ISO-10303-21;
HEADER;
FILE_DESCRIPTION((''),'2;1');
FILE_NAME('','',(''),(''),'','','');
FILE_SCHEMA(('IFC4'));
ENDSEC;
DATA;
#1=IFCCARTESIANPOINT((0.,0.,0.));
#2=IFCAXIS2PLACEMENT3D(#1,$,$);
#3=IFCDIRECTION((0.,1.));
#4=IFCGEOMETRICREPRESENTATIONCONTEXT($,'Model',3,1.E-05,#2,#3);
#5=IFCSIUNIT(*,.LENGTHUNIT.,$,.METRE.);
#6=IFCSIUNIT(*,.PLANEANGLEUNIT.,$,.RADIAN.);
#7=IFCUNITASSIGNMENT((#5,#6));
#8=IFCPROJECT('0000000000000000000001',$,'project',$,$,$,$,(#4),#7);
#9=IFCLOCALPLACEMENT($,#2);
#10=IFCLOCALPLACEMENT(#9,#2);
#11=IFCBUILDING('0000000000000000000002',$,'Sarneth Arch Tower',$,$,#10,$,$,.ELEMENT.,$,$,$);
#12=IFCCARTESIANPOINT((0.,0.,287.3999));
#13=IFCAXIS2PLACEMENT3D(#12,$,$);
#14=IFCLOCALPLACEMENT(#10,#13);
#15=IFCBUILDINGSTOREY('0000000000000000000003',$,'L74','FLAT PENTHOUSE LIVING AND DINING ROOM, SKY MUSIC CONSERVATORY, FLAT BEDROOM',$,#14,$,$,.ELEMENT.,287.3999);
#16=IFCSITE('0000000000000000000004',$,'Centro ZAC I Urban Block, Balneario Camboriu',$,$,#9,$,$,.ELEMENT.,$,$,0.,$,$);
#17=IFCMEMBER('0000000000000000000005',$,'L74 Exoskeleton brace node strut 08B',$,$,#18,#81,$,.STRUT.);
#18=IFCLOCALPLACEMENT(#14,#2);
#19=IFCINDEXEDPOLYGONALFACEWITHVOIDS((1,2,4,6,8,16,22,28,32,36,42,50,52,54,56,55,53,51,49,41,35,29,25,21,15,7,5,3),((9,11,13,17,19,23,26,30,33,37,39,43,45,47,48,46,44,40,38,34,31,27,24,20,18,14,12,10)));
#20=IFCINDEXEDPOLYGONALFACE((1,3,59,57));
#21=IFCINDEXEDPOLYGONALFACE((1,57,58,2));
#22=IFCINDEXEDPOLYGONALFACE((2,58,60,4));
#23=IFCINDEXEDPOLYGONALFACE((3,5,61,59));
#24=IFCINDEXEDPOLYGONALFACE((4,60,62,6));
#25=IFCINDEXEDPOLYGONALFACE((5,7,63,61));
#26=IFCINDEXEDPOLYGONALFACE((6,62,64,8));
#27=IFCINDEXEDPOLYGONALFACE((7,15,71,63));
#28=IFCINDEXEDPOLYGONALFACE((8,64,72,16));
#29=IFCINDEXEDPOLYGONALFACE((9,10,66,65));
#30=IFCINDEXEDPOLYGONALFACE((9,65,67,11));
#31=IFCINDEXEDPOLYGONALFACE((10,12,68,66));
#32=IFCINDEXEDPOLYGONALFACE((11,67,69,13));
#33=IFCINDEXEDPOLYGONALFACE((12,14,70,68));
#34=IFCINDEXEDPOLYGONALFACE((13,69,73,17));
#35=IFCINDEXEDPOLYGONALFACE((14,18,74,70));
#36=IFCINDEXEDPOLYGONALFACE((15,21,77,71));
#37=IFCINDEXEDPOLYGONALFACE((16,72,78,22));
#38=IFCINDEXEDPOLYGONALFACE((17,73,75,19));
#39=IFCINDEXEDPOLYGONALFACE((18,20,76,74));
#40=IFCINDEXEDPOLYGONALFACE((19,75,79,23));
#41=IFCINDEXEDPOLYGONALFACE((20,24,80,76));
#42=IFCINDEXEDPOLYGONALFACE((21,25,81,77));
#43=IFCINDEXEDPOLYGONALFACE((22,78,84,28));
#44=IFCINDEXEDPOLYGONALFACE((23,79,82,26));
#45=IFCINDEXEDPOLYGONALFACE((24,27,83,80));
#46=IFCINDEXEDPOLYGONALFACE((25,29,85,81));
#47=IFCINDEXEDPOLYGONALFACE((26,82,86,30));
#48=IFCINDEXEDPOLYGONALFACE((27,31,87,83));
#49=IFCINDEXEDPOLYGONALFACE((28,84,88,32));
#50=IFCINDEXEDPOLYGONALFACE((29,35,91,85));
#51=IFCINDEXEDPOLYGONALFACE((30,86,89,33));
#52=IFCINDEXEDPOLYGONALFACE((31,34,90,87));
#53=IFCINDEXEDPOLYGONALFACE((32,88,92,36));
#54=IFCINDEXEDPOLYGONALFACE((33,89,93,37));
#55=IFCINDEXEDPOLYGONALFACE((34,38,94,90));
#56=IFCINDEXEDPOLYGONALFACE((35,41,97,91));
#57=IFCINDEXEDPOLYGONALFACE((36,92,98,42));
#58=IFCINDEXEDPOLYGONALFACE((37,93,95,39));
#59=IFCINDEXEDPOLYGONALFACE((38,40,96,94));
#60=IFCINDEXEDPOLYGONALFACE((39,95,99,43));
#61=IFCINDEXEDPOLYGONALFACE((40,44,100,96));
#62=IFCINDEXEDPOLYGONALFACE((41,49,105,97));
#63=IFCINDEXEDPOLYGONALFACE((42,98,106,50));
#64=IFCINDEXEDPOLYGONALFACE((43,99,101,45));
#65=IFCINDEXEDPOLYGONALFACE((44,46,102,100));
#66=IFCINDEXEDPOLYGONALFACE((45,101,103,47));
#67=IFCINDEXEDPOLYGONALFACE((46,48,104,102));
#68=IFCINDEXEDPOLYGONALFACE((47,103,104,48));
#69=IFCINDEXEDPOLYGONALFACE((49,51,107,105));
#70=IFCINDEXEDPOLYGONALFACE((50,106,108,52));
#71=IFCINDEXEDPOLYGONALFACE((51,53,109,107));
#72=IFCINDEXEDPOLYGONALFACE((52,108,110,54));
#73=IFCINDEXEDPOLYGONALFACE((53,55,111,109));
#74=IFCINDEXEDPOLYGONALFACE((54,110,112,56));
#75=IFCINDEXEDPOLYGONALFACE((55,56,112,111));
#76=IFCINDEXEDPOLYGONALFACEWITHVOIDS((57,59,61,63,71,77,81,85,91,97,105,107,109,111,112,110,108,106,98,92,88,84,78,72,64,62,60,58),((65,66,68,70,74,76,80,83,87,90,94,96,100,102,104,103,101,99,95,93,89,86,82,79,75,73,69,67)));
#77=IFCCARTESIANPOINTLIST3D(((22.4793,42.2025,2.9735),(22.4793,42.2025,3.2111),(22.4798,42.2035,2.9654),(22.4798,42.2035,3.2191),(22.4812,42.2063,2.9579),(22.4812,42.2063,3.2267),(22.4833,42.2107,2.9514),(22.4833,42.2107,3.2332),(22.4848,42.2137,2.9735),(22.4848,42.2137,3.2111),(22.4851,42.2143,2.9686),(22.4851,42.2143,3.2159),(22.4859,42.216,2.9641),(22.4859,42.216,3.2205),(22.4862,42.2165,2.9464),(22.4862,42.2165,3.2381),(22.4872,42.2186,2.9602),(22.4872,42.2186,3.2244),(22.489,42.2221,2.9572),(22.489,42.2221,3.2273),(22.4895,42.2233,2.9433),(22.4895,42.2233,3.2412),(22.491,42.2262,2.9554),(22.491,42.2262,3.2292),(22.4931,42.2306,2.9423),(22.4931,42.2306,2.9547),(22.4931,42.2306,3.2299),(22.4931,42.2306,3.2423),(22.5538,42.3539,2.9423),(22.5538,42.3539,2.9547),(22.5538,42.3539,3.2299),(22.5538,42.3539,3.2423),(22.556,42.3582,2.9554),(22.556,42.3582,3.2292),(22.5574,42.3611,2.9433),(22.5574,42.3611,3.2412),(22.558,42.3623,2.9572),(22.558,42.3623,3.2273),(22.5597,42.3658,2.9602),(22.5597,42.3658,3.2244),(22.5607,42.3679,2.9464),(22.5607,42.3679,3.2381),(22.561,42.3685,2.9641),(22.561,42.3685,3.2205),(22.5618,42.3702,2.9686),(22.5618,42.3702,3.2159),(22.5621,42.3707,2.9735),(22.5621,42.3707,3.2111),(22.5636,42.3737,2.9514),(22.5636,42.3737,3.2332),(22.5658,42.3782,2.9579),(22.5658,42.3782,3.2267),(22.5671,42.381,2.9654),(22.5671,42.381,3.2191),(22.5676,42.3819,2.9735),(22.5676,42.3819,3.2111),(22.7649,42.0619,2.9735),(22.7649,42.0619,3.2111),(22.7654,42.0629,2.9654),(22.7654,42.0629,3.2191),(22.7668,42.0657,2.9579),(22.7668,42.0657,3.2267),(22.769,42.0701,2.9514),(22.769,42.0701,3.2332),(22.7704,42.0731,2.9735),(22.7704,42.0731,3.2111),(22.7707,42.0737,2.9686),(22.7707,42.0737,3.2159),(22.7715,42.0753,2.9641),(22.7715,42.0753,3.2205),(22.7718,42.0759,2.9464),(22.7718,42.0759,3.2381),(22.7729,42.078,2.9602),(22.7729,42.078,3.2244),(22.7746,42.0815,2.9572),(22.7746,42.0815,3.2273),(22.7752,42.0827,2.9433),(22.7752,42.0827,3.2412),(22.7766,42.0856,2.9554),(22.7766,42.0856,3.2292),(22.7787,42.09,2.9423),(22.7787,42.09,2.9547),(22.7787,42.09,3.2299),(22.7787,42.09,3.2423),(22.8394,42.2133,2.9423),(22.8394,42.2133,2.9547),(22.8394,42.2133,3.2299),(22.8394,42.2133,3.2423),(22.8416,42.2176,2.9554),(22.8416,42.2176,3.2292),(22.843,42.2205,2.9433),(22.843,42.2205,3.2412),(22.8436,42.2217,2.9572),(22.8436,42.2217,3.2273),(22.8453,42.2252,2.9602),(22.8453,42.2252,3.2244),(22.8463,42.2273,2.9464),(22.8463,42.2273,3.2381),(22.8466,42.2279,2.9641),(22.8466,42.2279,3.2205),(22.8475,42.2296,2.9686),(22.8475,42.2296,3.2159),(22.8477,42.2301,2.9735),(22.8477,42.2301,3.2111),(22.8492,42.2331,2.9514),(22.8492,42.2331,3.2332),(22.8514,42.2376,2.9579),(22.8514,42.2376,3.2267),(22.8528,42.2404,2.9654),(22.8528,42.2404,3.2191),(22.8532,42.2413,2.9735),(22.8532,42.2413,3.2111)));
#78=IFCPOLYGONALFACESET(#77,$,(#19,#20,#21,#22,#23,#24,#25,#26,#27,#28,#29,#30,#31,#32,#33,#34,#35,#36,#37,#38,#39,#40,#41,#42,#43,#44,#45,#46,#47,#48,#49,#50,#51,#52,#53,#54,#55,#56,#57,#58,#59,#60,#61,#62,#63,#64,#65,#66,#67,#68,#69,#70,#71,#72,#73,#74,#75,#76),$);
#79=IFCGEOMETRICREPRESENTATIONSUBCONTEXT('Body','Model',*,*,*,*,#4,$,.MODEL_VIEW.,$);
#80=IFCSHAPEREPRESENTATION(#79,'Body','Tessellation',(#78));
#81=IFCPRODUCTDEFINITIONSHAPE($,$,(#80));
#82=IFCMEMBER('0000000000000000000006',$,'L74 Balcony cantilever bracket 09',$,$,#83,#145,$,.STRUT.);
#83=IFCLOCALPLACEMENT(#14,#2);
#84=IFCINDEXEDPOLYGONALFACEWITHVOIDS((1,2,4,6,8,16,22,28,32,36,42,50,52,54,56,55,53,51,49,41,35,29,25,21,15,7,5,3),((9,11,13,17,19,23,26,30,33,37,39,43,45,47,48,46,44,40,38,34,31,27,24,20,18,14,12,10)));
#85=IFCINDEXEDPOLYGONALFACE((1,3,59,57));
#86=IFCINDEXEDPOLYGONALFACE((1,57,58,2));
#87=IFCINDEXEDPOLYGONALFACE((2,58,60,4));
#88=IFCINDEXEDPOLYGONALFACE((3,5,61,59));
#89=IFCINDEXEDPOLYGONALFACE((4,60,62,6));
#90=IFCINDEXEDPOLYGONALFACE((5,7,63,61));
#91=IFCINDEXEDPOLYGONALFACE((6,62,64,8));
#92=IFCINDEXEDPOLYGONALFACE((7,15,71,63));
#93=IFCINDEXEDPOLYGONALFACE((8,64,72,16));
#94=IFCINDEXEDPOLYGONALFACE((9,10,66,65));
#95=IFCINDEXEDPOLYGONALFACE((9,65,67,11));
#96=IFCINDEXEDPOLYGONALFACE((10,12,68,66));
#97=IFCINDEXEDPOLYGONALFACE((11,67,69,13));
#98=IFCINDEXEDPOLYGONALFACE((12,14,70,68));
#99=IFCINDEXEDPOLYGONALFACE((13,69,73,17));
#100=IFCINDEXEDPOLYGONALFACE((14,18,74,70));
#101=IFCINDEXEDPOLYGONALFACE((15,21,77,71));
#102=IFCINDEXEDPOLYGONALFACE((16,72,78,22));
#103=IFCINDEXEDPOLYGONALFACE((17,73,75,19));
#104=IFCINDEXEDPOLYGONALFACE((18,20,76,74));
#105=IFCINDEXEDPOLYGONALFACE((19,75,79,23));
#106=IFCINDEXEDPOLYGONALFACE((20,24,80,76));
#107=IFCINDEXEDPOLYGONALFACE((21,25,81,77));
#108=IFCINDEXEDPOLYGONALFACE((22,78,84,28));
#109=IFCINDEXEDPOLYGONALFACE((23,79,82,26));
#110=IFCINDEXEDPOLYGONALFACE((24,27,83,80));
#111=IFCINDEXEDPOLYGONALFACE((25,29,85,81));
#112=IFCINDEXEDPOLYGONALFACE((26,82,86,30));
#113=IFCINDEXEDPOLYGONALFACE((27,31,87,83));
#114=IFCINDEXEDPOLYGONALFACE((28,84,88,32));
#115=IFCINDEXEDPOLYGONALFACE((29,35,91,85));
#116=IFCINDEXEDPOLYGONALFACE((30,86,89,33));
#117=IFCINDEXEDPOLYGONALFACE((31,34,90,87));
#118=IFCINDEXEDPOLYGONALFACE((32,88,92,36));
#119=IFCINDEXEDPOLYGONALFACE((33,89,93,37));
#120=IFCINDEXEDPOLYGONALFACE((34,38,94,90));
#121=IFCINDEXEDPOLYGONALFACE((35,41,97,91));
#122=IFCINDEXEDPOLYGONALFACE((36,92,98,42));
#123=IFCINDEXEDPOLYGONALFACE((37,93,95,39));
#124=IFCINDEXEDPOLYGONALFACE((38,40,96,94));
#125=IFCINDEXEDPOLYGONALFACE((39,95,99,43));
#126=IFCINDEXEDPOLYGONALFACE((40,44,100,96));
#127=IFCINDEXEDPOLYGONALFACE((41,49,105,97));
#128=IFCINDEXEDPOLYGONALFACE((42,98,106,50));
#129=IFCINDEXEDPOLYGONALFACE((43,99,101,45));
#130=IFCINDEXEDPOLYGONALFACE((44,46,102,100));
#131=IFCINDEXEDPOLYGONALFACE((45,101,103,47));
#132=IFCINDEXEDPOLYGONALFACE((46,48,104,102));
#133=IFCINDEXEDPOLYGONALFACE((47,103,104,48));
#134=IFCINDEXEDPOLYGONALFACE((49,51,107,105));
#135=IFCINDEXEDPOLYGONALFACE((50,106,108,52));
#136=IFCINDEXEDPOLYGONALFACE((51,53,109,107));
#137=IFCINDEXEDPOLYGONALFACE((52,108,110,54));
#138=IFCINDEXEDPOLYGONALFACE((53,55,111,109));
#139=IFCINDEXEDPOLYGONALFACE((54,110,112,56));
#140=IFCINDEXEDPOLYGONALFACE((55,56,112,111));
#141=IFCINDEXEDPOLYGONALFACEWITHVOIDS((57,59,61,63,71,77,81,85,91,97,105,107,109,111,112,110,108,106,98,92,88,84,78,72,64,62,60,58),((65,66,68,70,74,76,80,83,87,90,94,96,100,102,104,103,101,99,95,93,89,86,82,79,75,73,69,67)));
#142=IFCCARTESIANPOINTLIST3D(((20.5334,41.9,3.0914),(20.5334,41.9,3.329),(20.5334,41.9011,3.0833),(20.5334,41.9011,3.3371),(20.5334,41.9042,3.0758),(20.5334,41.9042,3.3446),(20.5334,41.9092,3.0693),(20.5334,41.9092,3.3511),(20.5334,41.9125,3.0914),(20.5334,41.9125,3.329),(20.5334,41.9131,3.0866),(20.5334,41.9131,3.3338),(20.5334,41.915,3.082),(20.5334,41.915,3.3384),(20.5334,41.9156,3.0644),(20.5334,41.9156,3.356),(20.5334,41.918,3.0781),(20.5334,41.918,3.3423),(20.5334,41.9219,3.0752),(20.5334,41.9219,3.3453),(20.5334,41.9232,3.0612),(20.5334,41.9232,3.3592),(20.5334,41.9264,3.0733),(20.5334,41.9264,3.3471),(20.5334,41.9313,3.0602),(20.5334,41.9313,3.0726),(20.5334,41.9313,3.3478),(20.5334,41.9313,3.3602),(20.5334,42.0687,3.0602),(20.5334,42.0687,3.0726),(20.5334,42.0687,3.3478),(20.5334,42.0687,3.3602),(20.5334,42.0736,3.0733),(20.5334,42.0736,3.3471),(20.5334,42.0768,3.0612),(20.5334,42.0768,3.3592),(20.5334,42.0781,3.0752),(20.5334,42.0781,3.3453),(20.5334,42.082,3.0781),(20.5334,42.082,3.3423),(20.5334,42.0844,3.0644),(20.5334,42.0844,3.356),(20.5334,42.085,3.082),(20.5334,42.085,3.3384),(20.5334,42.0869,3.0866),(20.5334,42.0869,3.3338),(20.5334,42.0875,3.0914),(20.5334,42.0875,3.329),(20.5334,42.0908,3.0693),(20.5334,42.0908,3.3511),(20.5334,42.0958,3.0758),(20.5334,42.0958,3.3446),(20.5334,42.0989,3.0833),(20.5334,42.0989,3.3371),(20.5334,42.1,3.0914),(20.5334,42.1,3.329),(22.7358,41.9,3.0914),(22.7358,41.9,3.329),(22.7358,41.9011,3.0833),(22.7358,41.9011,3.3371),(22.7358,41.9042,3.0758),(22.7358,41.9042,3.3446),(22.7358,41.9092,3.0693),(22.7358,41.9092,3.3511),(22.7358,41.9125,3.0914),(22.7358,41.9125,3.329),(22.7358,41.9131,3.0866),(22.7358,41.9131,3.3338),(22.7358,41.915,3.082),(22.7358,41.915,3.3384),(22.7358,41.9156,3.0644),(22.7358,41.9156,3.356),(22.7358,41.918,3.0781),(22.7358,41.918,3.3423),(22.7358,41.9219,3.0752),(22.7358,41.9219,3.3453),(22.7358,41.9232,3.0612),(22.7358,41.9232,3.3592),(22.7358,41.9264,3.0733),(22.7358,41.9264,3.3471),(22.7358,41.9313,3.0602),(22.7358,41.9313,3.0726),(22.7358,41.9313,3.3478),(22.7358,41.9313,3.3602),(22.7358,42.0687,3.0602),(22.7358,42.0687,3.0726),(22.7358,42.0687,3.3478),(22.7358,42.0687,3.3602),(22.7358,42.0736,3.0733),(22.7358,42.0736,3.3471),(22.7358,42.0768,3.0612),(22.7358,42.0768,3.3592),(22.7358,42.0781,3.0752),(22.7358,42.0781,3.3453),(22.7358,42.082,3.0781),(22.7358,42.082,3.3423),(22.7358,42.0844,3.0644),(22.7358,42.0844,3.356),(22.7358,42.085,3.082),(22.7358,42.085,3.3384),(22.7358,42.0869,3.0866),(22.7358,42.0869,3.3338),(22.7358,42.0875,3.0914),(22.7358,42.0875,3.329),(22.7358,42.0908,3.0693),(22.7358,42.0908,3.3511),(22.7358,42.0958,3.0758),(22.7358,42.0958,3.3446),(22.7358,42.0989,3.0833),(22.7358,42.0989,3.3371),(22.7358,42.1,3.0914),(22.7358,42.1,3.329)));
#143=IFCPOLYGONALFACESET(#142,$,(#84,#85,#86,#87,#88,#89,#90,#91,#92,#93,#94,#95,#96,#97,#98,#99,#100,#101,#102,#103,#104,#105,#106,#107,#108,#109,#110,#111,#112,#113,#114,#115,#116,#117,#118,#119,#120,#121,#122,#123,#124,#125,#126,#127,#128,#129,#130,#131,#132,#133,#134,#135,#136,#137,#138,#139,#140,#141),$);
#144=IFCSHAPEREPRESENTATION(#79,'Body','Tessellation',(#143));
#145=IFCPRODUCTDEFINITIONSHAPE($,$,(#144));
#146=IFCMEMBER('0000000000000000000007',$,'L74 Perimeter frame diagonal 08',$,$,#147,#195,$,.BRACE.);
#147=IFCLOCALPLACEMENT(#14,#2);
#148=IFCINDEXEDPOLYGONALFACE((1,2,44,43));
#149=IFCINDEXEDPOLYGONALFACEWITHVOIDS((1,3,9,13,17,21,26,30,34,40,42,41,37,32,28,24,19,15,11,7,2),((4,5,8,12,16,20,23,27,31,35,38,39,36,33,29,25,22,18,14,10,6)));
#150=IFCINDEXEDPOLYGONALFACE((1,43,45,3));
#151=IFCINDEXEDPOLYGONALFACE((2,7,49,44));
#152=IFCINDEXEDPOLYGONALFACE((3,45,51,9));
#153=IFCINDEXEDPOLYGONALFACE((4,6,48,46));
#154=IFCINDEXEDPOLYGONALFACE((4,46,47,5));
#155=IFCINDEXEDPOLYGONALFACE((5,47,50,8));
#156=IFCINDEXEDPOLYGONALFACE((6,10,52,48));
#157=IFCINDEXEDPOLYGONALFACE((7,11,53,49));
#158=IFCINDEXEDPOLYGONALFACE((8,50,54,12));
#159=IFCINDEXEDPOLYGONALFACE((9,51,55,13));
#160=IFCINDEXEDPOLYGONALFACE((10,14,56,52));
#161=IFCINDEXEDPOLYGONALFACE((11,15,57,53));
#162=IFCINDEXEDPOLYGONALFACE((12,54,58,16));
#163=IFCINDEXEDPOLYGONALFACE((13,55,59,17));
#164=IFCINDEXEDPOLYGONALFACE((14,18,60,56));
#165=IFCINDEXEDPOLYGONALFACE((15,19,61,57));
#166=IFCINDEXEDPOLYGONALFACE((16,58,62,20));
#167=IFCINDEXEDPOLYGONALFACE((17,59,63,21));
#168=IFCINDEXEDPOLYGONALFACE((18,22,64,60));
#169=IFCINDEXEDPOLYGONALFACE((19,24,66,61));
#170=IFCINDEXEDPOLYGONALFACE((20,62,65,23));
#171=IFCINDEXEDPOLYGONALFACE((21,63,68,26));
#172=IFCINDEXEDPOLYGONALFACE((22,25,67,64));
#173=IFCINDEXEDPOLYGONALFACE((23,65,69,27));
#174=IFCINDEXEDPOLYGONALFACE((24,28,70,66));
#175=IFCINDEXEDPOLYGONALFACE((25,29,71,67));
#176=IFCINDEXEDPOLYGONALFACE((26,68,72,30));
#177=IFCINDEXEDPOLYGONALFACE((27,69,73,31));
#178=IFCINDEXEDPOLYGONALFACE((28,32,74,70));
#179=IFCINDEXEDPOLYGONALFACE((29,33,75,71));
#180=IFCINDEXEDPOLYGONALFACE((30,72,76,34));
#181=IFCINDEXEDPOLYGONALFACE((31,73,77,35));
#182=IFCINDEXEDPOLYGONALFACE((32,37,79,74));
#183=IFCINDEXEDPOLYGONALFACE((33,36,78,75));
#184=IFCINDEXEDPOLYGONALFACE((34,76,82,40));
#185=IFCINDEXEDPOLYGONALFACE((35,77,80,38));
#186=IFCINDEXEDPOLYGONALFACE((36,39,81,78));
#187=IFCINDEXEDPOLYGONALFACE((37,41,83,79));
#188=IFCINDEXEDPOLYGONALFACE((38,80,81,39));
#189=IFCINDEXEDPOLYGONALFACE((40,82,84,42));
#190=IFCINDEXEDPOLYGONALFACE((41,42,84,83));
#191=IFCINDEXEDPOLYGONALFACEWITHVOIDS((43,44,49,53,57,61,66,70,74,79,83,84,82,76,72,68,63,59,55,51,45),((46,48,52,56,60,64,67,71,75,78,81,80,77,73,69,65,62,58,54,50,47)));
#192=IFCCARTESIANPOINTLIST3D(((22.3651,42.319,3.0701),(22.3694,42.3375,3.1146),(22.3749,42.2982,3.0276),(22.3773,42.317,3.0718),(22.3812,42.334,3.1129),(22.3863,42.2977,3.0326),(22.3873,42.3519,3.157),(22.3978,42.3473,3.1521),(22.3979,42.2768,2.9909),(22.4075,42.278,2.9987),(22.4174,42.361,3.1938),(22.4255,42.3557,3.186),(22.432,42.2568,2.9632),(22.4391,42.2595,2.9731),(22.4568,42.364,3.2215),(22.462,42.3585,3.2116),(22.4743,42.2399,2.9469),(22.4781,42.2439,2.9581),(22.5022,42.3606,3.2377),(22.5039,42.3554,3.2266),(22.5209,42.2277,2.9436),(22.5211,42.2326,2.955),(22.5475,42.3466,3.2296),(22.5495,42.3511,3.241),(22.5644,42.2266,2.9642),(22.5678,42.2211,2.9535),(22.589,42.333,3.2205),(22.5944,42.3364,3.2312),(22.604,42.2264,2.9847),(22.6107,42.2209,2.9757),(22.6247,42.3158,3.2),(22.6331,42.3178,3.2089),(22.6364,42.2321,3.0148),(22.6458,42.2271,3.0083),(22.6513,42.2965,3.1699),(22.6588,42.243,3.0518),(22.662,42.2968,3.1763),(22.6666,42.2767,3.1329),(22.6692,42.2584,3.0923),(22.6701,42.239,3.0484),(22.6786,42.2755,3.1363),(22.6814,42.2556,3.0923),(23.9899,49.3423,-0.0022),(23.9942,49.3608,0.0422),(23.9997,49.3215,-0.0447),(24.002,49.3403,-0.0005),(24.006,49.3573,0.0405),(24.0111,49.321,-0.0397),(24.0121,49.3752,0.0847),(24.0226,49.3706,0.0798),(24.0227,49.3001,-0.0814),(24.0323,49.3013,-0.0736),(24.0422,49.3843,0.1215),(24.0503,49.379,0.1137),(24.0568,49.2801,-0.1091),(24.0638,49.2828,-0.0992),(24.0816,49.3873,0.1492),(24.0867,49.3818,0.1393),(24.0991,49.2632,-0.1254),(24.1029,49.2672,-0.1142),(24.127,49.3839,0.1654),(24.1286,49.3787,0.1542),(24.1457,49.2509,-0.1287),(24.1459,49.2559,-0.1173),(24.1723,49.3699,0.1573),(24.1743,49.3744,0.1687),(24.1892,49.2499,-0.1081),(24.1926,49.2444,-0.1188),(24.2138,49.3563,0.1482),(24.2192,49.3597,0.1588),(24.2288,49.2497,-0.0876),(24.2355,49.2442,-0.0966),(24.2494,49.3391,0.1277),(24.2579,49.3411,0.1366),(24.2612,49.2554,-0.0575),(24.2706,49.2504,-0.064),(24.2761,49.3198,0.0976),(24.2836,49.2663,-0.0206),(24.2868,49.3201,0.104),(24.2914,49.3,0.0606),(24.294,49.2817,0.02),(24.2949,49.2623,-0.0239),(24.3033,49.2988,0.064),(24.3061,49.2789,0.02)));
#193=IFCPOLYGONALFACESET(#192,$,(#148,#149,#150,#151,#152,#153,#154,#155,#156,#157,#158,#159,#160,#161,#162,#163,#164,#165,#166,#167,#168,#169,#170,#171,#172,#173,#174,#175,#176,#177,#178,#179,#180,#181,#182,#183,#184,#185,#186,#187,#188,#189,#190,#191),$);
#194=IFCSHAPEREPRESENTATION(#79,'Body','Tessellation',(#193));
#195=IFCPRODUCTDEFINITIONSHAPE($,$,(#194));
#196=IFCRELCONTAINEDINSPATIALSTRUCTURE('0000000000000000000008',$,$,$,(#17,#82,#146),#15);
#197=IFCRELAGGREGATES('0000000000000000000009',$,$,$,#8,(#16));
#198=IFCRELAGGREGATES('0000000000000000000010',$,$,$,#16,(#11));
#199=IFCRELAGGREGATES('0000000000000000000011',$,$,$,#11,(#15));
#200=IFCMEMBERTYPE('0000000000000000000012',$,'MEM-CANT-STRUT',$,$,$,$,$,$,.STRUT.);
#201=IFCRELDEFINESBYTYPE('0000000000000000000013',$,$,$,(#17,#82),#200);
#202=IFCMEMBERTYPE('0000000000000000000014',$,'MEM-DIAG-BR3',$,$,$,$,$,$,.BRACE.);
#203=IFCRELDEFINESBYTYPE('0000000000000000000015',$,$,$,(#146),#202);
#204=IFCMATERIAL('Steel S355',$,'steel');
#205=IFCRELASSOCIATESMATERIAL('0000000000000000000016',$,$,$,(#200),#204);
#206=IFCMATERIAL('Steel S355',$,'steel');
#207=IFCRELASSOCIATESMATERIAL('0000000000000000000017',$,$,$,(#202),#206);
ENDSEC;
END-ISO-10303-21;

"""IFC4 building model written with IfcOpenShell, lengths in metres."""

from ifc_helpers import new_model, si_unit, direction, frame, origin, origin_2d, place, context, subcontext, project, spatial, hollow_rectangle, hollow_circle, extrude, material, material_profile, profile_set, type_object, element, save


model = new_model("IFC4")

# Units and contexts
model_context = context("Model", 3, precision=1e-05, world=origin(), true_north=direction((0.0, 1.0)))
body_context = subcontext(model_context, "Body", "Model", "MODEL_VIEW")
ifc_project = project(units=[si_unit("LENGTHUNIT", "METRE"), si_unit("PLANEANGLEUNIT", "RADIAN")], contexts=[model_context])

# Site, building, storey
site_placement = place(None, origin())
site = spatial("IfcSite", under=ifc_project, at=site_placement, Name="Centro ZAC I Urban Block, Balneario Camboriu", CompositionType="ELEMENT", RefElevation=0.0)
building_placement = place(site_placement, origin())
building = spatial("IfcBuilding", under=site, at=building_placement, Name="Sarneth Arch Tower", CompositionType="ELEMENT")
storey_placement = place(building_placement, frame((0.0, 0.0, 287.3999)))
storey = spatial("IfcBuildingStorey", under=building, at=storey_placement, Name="L74", Description="FLAT PENTHOUSE LIVING AND DINING ROOM, SKY MUSIC CONSERVATORY, FLAT BEDROOM", CompositionType="ELEMENT", Elevation=287.3999)

# Members
ifc_material_1 = material(Name="Steel S355", Category="steel")
ifc_material_profile_1 = material_profile(ifc_material_1, hollow_rectangle(XDim=0.2, YDim=0.3, WallThickness=0.0125, InnerFilletRadius=0.0188, OuterFilletRadius=0.0312, at=origin_2d()), Name="RHS300x200x12.5")
ifc_profile_set_1 = profile_set([ifc_material_profile_1], Name="Steel S355")
member_type_1 = type_object("IfcMemberType", Name="MEM-CANT-STRUT", PredefinedType="STRUT", material=ifc_profile_set_1)
member_1_placement = place(storey_placement, frame((22.8091, 42.1516, 3.0923), z_axis=(-0.897171, 0.441684, 0.0), x_axis=(-0.441684, -0.897171, 0.0)))
element("IfcMember", 1, at=member_1_placement, inside=storey, type_object=member_type_1, Name="L74 Exoskeleton brace node strut 08B", PredefinedType="STRUT", context=body_context, shape_type="SweptSolid", body=[
    extrude(hollow_rectangle(XDim=0.2, YDim=0.3, WallThickness=0.0125, InnerFilletRadius=0.0188, OuterFilletRadius=0.0312, at=origin_2d()), origin(), (0.0, 0.0, 1.0), 0.3184),
])
member_2_placement = place(storey_placement, frame((22.7358, 42.0, 3.2102), z_axis=(-1.0, 0.0, 0.0), x_axis=(0.0, -1.0, 0.0)))
element("IfcMember", 2, at=member_2_placement, inside=storey, type_object=member_type_1, Name="L74 Balcony cantilever bracket 09", PredefinedType="STRUT", context=body_context, shape_type="SweptSolid", body=[
    extrude(hollow_rectangle(XDim=0.2, YDim=0.3, WallThickness=0.0125, InnerFilletRadius=0.0188, OuterFilletRadius=0.0312, at=origin_2d()), origin(), (0.0, 0.0, 1.0), 2.2024),
])
ifc_material_2 = material(Name="Steel S355", Category="steel")
ifc_material_profile_2 = material_profile(ifc_material_2, hollow_circle(Radius=0.1621, WallThickness=0.0125, at=origin_2d()), Name="CHS324x12.5")
ifc_profile_set_2 = profile_set([ifc_material_profile_2], Name="Steel S355")
member_type_2 = type_object("IfcMemberType", Name="MEM-DIAG-BR3", PredefinedType="BRACE", material=ifc_profile_set_2)
member_3_placement = place(storey_placement, frame((24.1482, 49.3154, 0.02), z_axis=(-0.207343, -0.896265, 0.392067), x_axis=(0.974269, -0.225389, 0.0)))
element("IfcMember", 3, at=member_3_placement, inside=storey, type_object=member_type_2, Name="L74 Perimeter frame diagonal 08", PredefinedType="BRACE", context=body_context, shape_type="SweptSolid", body=[
    extrude(hollow_circle(Radius=0.1621, WallThickness=0.0125, at=origin_2d()), origin(), (0.0, 0.0, 1.0), 7.8362),
])

save(model, "model.ifc")
